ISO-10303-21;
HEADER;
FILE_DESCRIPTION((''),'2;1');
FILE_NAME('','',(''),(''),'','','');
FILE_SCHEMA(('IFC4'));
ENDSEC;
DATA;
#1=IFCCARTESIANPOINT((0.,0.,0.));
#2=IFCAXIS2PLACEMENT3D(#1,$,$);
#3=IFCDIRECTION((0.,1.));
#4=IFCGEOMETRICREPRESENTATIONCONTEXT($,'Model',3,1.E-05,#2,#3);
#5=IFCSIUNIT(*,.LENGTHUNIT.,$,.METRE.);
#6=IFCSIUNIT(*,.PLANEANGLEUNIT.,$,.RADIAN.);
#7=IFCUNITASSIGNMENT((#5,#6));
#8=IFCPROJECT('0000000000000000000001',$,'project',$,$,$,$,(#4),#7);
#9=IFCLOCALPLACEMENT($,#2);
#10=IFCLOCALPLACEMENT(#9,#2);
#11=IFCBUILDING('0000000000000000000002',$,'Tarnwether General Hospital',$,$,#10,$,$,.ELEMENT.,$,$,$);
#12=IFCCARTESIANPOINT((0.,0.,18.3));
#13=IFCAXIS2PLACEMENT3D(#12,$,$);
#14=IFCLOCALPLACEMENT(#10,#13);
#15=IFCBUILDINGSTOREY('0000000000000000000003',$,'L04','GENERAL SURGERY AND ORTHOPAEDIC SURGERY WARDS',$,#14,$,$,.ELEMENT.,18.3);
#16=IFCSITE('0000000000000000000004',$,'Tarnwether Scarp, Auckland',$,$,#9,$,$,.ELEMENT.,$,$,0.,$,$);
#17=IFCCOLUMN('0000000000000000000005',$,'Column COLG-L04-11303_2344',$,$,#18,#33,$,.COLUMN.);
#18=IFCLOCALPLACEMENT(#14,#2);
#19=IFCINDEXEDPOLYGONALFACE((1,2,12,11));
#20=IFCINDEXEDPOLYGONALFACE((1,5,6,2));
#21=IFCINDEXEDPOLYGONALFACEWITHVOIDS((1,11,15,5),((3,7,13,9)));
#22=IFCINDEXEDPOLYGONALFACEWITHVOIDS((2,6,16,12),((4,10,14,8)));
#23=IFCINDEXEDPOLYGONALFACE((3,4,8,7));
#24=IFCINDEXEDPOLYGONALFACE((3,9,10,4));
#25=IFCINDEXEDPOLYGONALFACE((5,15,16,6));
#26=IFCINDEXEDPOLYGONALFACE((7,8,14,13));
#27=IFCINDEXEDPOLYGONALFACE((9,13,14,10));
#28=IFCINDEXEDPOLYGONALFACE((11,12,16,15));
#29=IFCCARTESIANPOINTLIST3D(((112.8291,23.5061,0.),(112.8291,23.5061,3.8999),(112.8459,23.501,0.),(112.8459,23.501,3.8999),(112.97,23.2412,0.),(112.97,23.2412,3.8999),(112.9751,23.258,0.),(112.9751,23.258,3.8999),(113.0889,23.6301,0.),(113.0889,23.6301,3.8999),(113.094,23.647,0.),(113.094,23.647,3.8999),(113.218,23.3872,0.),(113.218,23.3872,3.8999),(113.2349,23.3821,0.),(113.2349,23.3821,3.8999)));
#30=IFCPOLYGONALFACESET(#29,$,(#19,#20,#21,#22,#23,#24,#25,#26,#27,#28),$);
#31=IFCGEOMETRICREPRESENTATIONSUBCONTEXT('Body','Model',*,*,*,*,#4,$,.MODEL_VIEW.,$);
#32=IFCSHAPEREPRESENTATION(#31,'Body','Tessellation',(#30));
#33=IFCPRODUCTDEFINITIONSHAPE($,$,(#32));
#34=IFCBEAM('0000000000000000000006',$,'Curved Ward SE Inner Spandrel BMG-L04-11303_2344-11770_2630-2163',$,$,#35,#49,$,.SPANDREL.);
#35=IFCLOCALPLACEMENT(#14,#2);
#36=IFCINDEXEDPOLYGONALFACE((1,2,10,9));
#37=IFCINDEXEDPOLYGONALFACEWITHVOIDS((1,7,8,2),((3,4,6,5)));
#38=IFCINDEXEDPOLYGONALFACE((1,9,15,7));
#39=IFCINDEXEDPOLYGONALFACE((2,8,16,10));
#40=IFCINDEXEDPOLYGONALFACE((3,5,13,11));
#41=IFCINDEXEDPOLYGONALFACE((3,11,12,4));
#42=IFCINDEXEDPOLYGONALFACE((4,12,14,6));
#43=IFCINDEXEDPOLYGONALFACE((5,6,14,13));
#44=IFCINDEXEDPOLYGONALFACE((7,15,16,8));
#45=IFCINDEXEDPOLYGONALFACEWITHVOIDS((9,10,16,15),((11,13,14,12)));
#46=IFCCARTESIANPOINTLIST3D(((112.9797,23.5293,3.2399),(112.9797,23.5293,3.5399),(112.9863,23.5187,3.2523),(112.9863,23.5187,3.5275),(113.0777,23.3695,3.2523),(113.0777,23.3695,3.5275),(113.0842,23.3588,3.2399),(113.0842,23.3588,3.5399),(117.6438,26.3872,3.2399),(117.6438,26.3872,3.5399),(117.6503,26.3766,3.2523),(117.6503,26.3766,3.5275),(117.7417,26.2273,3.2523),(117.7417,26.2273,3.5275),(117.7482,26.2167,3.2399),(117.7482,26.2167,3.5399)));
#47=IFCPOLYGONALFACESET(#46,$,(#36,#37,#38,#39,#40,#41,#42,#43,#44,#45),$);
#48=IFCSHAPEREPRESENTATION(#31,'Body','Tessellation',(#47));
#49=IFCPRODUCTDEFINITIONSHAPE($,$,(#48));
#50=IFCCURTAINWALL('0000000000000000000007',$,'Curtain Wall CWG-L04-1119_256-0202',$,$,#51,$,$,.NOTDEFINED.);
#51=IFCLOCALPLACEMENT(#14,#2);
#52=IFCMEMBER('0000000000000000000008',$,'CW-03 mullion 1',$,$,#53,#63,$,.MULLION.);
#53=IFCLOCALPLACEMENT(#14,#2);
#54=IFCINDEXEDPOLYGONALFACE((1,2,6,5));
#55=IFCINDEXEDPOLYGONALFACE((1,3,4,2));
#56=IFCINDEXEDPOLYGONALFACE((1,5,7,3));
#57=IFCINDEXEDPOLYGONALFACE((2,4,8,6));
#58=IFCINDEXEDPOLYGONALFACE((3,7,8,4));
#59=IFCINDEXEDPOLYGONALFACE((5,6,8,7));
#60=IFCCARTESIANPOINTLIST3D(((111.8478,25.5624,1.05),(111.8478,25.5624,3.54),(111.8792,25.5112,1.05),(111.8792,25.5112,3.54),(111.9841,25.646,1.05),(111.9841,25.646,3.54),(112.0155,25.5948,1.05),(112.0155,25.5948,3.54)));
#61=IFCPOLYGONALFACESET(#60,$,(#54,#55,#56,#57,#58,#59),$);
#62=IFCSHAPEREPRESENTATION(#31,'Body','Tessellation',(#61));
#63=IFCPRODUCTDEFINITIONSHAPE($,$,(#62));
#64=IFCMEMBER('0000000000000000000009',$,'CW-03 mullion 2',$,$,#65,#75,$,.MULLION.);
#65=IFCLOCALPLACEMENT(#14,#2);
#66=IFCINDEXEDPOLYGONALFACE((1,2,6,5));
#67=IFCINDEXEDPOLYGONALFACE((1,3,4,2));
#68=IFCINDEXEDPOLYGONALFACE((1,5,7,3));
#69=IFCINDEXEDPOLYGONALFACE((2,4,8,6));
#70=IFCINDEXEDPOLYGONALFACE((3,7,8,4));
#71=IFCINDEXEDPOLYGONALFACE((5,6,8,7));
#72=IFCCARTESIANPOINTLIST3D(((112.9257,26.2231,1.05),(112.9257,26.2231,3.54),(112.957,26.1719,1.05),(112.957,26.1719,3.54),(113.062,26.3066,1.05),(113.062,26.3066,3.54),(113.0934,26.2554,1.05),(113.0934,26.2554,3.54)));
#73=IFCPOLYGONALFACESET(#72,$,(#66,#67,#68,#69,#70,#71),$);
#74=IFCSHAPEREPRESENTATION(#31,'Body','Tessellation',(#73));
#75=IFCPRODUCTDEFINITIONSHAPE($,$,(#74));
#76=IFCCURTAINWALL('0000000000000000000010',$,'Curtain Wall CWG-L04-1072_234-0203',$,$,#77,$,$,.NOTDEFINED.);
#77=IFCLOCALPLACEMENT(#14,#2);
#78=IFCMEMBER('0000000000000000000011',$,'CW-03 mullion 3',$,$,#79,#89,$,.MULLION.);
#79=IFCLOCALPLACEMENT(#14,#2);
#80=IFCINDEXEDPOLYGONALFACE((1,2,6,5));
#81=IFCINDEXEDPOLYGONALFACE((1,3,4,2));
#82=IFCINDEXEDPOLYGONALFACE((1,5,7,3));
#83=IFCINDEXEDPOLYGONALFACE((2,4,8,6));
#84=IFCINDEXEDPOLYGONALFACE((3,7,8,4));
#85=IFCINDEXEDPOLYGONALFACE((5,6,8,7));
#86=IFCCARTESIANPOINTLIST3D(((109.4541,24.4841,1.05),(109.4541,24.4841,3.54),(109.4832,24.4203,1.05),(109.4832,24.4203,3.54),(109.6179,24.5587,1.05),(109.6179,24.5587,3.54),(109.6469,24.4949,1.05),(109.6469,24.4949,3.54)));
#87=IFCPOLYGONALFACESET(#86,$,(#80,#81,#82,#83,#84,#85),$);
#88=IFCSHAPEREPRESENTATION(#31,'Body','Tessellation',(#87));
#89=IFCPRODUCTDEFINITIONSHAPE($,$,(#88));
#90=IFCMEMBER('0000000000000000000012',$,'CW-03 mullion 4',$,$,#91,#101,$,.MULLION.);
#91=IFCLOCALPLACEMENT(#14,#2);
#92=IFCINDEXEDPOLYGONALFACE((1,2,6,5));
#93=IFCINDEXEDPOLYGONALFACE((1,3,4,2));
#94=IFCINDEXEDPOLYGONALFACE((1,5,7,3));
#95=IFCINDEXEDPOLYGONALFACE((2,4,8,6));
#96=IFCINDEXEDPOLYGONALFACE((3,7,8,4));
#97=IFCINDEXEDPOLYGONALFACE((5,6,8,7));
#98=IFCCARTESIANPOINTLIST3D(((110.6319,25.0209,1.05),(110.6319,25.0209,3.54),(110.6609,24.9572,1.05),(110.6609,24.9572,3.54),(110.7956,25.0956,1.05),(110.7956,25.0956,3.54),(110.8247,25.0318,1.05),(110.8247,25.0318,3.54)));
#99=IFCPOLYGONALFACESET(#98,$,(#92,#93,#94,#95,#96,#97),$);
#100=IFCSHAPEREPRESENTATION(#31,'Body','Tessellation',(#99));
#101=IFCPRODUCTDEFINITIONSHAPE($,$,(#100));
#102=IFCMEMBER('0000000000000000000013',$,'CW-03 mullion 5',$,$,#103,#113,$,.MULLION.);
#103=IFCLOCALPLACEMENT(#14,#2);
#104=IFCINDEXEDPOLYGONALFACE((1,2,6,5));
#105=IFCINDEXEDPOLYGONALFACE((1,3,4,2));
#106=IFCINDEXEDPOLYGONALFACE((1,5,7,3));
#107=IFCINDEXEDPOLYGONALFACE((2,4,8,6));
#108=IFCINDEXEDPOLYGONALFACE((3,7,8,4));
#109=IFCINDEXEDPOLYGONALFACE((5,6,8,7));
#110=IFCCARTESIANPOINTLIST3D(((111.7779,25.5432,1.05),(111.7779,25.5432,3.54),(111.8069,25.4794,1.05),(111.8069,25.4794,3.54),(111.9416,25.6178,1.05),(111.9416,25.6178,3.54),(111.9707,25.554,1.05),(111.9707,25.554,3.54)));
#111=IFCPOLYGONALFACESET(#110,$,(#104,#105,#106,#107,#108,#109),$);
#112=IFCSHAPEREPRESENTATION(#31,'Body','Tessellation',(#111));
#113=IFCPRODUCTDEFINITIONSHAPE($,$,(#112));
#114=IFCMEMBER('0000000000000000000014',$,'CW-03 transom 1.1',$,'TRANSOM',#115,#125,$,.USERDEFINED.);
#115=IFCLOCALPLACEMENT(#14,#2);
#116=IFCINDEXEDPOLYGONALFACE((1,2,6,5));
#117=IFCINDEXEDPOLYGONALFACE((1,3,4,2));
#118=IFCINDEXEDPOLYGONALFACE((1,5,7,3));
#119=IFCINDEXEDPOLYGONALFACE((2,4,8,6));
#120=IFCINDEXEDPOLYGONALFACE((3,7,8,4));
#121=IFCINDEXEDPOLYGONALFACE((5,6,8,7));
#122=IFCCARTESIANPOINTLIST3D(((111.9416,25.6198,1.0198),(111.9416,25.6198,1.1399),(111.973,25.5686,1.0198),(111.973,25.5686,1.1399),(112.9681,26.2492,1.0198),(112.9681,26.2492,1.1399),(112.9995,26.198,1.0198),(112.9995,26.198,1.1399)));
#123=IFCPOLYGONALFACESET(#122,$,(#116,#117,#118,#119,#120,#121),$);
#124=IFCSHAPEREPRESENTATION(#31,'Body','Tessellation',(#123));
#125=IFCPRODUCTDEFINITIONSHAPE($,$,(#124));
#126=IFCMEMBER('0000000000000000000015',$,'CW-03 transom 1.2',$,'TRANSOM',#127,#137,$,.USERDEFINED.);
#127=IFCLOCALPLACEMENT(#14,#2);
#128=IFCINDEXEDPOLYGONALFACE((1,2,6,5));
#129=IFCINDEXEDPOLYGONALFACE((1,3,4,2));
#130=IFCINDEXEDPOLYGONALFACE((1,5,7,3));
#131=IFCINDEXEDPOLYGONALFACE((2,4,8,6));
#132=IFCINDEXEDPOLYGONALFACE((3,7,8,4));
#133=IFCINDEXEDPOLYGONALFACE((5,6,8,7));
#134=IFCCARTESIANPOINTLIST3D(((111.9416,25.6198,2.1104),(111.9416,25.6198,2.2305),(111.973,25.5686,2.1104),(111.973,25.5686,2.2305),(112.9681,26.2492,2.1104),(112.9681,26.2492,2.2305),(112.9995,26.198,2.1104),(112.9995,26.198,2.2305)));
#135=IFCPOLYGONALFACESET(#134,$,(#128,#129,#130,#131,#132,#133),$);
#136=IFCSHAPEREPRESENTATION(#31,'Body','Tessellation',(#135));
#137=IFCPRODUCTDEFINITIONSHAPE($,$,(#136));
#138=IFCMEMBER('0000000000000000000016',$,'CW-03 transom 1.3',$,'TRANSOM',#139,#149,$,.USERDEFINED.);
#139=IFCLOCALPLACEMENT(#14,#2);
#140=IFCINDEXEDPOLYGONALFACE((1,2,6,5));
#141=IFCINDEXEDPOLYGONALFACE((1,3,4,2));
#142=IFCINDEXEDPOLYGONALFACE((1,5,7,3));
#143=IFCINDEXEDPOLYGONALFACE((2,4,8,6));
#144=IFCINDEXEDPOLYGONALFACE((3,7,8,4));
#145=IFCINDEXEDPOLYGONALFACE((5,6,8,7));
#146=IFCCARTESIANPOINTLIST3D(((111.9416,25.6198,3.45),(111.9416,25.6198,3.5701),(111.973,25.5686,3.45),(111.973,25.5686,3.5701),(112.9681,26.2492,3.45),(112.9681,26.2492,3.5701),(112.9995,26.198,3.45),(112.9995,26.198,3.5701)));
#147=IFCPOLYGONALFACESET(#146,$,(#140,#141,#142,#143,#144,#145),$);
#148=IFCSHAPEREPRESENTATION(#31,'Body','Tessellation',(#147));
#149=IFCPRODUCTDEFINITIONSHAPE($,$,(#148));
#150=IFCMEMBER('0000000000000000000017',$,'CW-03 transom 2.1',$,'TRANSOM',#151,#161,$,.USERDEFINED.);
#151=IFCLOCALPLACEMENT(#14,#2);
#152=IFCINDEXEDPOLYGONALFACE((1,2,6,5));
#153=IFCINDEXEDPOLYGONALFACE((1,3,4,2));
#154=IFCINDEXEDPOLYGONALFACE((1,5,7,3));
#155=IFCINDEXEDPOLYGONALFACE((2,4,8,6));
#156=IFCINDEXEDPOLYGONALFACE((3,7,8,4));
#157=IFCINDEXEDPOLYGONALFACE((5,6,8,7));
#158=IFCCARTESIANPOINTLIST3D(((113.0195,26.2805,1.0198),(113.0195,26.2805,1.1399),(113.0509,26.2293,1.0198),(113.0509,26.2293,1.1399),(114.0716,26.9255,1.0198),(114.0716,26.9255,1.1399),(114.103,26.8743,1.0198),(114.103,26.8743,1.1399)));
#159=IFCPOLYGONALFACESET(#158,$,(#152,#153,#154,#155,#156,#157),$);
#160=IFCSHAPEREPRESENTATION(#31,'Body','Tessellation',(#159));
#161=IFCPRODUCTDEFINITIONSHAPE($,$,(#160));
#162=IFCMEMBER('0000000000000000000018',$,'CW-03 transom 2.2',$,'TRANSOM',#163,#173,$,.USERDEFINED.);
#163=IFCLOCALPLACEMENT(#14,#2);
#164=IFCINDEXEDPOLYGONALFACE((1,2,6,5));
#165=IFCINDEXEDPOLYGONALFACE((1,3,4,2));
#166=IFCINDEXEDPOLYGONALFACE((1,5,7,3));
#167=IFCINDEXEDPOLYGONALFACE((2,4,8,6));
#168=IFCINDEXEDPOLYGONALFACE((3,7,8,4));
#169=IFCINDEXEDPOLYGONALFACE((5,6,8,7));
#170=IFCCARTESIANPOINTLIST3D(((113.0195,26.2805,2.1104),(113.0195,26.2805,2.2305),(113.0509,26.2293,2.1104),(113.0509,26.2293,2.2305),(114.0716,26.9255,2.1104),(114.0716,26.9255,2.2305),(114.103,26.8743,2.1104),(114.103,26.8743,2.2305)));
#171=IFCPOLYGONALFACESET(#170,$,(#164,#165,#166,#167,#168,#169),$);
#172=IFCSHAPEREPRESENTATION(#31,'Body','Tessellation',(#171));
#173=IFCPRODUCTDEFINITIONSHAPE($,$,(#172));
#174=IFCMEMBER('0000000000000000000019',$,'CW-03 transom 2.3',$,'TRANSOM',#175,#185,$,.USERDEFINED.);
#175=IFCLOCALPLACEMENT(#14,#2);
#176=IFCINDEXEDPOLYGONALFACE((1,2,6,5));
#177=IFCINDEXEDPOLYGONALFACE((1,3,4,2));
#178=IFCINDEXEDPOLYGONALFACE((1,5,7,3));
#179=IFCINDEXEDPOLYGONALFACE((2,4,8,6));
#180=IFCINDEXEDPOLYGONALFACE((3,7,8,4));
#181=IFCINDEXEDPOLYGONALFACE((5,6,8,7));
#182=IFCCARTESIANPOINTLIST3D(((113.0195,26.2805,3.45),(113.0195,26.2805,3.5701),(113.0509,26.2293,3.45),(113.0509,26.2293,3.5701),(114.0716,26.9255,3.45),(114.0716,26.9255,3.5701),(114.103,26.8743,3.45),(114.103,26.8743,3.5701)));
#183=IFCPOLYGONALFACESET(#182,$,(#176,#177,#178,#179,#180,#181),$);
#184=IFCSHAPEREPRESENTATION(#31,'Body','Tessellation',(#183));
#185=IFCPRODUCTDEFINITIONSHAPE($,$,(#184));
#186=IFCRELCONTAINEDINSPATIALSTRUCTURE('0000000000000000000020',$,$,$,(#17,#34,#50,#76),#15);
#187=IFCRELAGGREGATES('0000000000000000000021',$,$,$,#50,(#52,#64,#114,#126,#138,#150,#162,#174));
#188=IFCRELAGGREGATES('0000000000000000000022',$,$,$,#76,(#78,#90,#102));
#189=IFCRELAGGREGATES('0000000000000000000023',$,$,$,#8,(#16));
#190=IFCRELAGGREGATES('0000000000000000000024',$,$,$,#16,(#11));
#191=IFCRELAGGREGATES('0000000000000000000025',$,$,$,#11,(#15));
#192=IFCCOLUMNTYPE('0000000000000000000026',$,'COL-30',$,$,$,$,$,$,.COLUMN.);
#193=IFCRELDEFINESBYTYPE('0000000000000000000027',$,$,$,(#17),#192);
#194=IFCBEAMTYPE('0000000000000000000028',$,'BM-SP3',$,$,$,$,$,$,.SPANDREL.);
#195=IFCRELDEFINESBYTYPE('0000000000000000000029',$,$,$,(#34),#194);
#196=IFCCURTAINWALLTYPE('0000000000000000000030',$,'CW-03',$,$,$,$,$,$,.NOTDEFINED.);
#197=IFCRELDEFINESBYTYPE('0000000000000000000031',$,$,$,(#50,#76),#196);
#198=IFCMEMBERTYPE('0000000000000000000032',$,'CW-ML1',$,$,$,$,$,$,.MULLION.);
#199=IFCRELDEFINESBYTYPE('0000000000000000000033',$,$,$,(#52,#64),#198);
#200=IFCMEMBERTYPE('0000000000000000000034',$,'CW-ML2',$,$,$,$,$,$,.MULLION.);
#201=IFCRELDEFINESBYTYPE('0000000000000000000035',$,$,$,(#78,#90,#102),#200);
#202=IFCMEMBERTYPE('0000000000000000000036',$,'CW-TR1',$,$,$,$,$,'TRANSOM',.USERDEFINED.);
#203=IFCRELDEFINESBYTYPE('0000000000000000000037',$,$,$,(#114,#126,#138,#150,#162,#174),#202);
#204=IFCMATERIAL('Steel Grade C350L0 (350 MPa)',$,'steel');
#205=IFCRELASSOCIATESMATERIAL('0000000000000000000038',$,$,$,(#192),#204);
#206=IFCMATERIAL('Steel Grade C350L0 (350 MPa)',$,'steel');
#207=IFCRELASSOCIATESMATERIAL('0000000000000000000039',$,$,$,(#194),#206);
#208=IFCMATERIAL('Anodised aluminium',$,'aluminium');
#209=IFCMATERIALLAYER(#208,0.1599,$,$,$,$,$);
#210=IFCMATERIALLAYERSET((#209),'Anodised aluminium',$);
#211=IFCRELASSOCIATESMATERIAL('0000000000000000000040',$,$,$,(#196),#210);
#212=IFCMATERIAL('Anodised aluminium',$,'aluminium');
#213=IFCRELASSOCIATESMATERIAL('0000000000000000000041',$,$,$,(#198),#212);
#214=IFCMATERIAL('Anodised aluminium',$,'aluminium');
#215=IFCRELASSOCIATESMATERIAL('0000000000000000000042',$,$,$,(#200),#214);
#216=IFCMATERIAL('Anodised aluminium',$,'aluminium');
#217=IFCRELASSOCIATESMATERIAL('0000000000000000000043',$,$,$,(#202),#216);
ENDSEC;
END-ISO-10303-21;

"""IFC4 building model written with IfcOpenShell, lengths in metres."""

from ifc_helpers import new_model, si_unit, direction, frame, origin, origin_2d, place, context, subcontext, project, spatial, rectangle, hollow_rectangle, extrude, material, layer, layer_set, material_profile, profile_set, type_object, element, aggregate, save


model = new_model("IFC4")

# Units and contexts
model_context = context("Model", 3, precision=1e-05, world=origin(), true_north=direction((0.0, 1.0)))
body_context = subcontext(model_context, "Body", "Model", "MODEL_VIEW")
ifc_project = project(units=[si_unit("LENGTHUNIT", "METRE"), si_unit("PLANEANGLEUNIT", "RADIAN")], contexts=[model_context])

# Site, building, storey
site_placement = place(None, origin())
site = spatial("IfcSite", under=ifc_project, at=site_placement, Name="Tarnwether Scarp, Auckland", CompositionType="ELEMENT", RefElevation=0.0)
building_placement = place(site_placement, origin())
building = spatial("IfcBuilding", under=site, at=building_placement, Name="Tarnwether General Hospital", CompositionType="ELEMENT")
storey_placement = place(building_placement, frame((0.0, 0.0, 18.3)))
storey = spatial("IfcBuildingStorey", under=building, at=storey_placement, Name="L04", Description="GENERAL SURGERY AND ORTHOPAEDIC SURGERY WARDS", CompositionType="ELEMENT", Elevation=18.3)

# Column
ifc_material_1 = material(Name="Steel Grade C350L0 (350 MPa)", Category="steel")
ifc_material_profile_1 = material_profile(ifc_material_1, hollow_rectangle(XDim=0.3, YDim=0.3, WallThickness=0.0125, at=origin_2d()), Name="SHS300x300x12.5")
ifc_profile_set_1 = profile_set([ifc_material_profile_1], Name="Steel Grade C350L0 (350 MPa)")
column_type = type_object("IfcColumnType", Name="COL-30", PredefinedType="COLUMN", material=ifc_profile_set_1)
column_placement = place(storey_placement, frame((113.032, 23.4441, 0.0), z_axis=(0.0, 0.0, 1.0), x_axis=(-0.469472, 0.882948, 0.0)))
element("IfcColumn", 1, at=column_placement, inside=storey, type_object=column_type, Name="Column COLG-L04-11303_2344", PredefinedType="COLUMN", context=body_context, shape_type="SweptSolid", body=[
    extrude(hollow_rectangle(XDim=0.3, YDim=0.3, WallThickness=0.0125, at=origin_2d()), origin(), (0.0, 0.0, 1.0), 3.8999),
])

# Beam
ifc_material_2 = material(Name="Steel Grade C350L0 (350 MPa)", Category="steel")
ifc_material_profile_2 = material_profile(ifc_material_2, hollow_rectangle(XDim=0.2, YDim=0.3, WallThickness=0.0125, at=origin_2d()), Name="RHS300x200x12.5")
ifc_profile_set_2 = profile_set([ifc_material_profile_2], Name="Steel Grade C350L0 (350 MPa)")
beam_type = type_object("IfcBeamType", Name="BM-SP3", PredefinedType="SPANDREL", material=ifc_profile_set_2)
beam_placement = place(storey_placement, frame((113.032, 23.4441, 3.3899), z_axis=(0.852659, 0.522468, 0.0), x_axis=(-0.522468, 0.852659, 0.0)))
element("IfcBeam", 2, at=beam_placement, inside=storey, type_object=beam_type, Name="Curved Ward SE Inner Spandrel BMG-L04-11303_2344-11770_2630-2163", PredefinedType="SPANDREL", context=body_context, shape_type="SweptSolid", body=[
    extrude(hollow_rectangle(XDim=0.2, YDim=0.3, WallThickness=0.0125, at=origin_2d()), origin(), (0.0, 0.0, 1.0), 5.47),
])

# Curtain walls, members
ifc_material_3 = material(Name="Anodised aluminium", Category="aluminium")
ifc_layer_1 = layer(ifc_material_3, 0.1599)
ifc_layer_set_1 = layer_set([ifc_layer_1], Name="Anodised aluminium")
curtain_wall_type = type_object("IfcCurtainWallType", Name="CW-03", PredefinedType="NOTDEFINED", material=ifc_layer_set_1)
curtain_wall_1_placement = place(storey_placement, origin())
curtain_wall_1 = element("IfcCurtainWall", 3, at=curtain_wall_1_placement, inside=storey, type_object=curtain_wall_type, Name="Curtain Wall CWG-L04-1119_256-0202", PredefinedType="NOTDEFINED")
ifc_material_4 = material(Name="Anodised aluminium", Category="aluminium")
ifc_material_profile_3 = material_profile(ifc_material_4, rectangle(XDim=0.0601, YDim=0.1599, at=origin_2d()), Name="ALU-MUL-60x160")
ifc_profile_set_3 = profile_set([ifc_material_profile_3], Name="Anodised aluminium")
member_type_1 = type_object("IfcMemberType", Name="CW-ML1", PredefinedType="MULLION", material=ifc_profile_set_3)
member_1_placement = place(storey_placement, frame((111.9316, 25.5786, 1.05), z_axis=(0.0, 0.0, 1.0), x_axis=(-0.522512, 0.852632, 0.0)))
member_1 = element("IfcMember", 4, at=member_1_placement, type_object=member_type_1, Name="CW-03 mullion 1", PredefinedType="MULLION", context=body_context, shape_type="SweptSolid", body=[
    extrude(rectangle(XDim=0.0601, YDim=0.1599, at=origin_2d()), origin(), (0.0, 0.0, 1.0), 2.49),
])
member_2_placement = place(storey_placement, frame((113.0095, 26.2393, 1.05), z_axis=(0.0, 0.0, 1.0), x_axis=(-0.522512, 0.852632, 0.0)))
member_2 = element("IfcMember", 5, at=member_2_placement, type_object=member_type_1, Name="CW-03 mullion 2", PredefinedType="MULLION", context=body_context, shape_type="SweptSolid", body=[
    extrude(rectangle(XDim=0.0601, YDim=0.1599, at=origin_2d()), origin(), (0.0, 0.0, 1.0), 2.49),
])
curtain_wall_2_placement = place(storey_placement, origin())
curtain_wall_2 = element("IfcCurtainWall", 6, at=curtain_wall_2_placement, inside=storey, type_object=curtain_wall_type, Name="Curtain Wall CWG-L04-1072_234-0203", PredefinedType="NOTDEFINED")
ifc_material_5 = material(Name="Anodised aluminium", Category="aluminium")
ifc_material_profile_4 = material_profile(ifc_material_5, rectangle(XDim=0.0701, YDim=0.1799, at=origin_2d()), Name="ALU-MUL-70x180")
ifc_profile_set_4 = profile_set([ifc_material_profile_4], Name="Anodised aluminium")
member_type_2 = type_object("IfcMemberType", Name="CW-ML2", PredefinedType="MULLION", material=ifc_profile_set_4)
member_3_placement = place(storey_placement, frame((109.5505, 24.4895, 1.05), z_axis=(0.0, 0.0, 1.0), x_axis=(-0.414705, 0.909956, 0.0)))
member_3 = element("IfcMember", 7, at=member_3_placement, type_object=member_type_2, Name="CW-03 mullion 3", PredefinedType="MULLION", context=body_context, shape_type="SweptSolid", body=[
    extrude(rectangle(XDim=0.0701, YDim=0.1799, at=origin_2d()), origin(), (0.0, 0.0, 1.0), 2.49),
])
member_4_placement = place(storey_placement, frame((110.7283, 25.0264, 1.05), z_axis=(0.0, 0.0, 1.0), x_axis=(-0.414705, 0.909956, 0.0)))
member_4 = element("IfcMember", 8, at=member_4_placement, type_object=member_type_2, Name="CW-03 mullion 4", PredefinedType="MULLION", context=body_context, shape_type="SweptSolid", body=[
    extrude(rectangle(XDim=0.0701, YDim=0.1799, at=origin_2d()), origin(), (0.0, 0.0, 1.0), 2.49),
])
member_5_placement = place(storey_placement, frame((111.8743, 25.5486, 1.05), z_axis=(0.0, 0.0, 1.0), x_axis=(-0.414705, 0.909956, 0.0)))
member_5 = element("IfcMember", 9, at=member_5_placement, type_object=member_type_2, Name="CW-03 mullion 5", PredefinedType="MULLION", context=body_context, shape_type="SweptSolid", body=[
    extrude(rectangle(XDim=0.0701, YDim=0.1799, at=origin_2d()), origin(), (0.0, 0.0, 1.0), 2.49),
])

# Members
ifc_material_6 = material(Name="Anodised aluminium", Category="aluminium")
ifc_material_profile_5 = material_profile(ifc_material_6, rectangle(XDim=0.0601, YDim=0.1201, at=origin_2d()), Name="ALU-TRN-60x120")
ifc_profile_set_5 = profile_set([ifc_material_profile_5], Name="Anodised aluminium")
member_type_3 = type_object("IfcMemberType", Name="CW-TR1", ElementType="TRANSOM", PredefinedType="USERDEFINED", material=ifc_profile_set_5)
member_6_placement = place(storey_placement, frame((111.9573, 25.5942, 1.0798), z_axis=(0.852534, 0.522671, 0.0), x_axis=(-0.522671, 0.852534, 0.0)))
member_6 = element("IfcMember", 10, at=member_6_placement, type_object=member_type_3, Name="CW-03 transom 1.1", ObjectType="TRANSOM", PredefinedType="USERDEFINED", context=body_context, shape_type="SweptSolid", body=[
    extrude(rectangle(XDim=0.0601, YDim=0.1201, at=origin_2d()), origin(), (0.0, 0.0, 1.0), 1.2041),
])
member_7_placement = place(storey_placement, frame((111.9573, 25.5942, 2.1704), z_axis=(0.852534, 0.522671, 0.0), x_axis=(-0.522671, 0.852534, 0.0)))
member_7 = element("IfcMember", 11, at=member_7_placement, type_object=member_type_3, Name="CW-03 transom 1.2", ObjectType="TRANSOM", PredefinedType="USERDEFINED", context=body_context, shape_type="SweptSolid", body=[
    extrude(rectangle(XDim=0.0601, YDim=0.1201, at=origin_2d()), origin(), (0.0, 0.0, 1.0), 1.2041),
])
member_8_placement = place(storey_placement, frame((111.9573, 25.5942, 3.51), z_axis=(0.852534, 0.522671, 0.0), x_axis=(-0.522671, 0.852534, 0.0)))
member_8 = element("IfcMember", 12, at=member_8_placement, type_object=member_type_3, Name="CW-03 transom 1.3", ObjectType="TRANSOM", PredefinedType="USERDEFINED", context=body_context, shape_type="SweptSolid", body=[
    extrude(rectangle(XDim=0.0601, YDim=0.1201, at=origin_2d()), origin(), (0.0, 0.0, 1.0), 1.2041),
])
member_9_placement = place(storey_placement, frame((113.0352, 26.2549, 1.0798), z_axis=(0.852567, 0.522618, 0.0), x_axis=(-0.522618, 0.852567, 0.0)))
member_9 = element("IfcMember", 13, at=member_9_placement, type_object=member_type_3, Name="CW-03 transom 2.1", ObjectType="TRANSOM", PredefinedType="USERDEFINED", context=body_context, shape_type="SweptSolid", body=[
    extrude(rectangle(XDim=0.0601, YDim=0.1201, at=origin_2d()), origin(), (0.0, 0.0, 1.0), 1.2341),
])
member_10_placement = place(storey_placement, frame((113.0352, 26.2549, 2.1704), z_axis=(0.852567, 0.522618, 0.0), x_axis=(-0.522618, 0.852567, 0.0)))
member_10 = element("IfcMember", 14, at=member_10_placement, type_object=member_type_3, Name="CW-03 transom 2.2", ObjectType="TRANSOM", PredefinedType="USERDEFINED", context=body_context, shape_type="SweptSolid", body=[
    extrude(rectangle(XDim=0.0601, YDim=0.1201, at=origin_2d()), origin(), (0.0, 0.0, 1.0), 1.2341),
])
member_11_placement = place(storey_placement, frame((113.0352, 26.2549, 3.51), z_axis=(0.852567, 0.522618, 0.0), x_axis=(-0.522618, 0.852567, 0.0)))
member_11 = element("IfcMember", 15, at=member_11_placement, type_object=member_type_3, Name="CW-03 transom 2.3", ObjectType="TRANSOM", PredefinedType="USERDEFINED", context=body_context, shape_type="SweptSolid", body=[
    extrude(rectangle(XDim=0.0601, YDim=0.1201, at=origin_2d()), origin(), (0.0, 0.0, 1.0), 1.2341),
])

aggregate(curtain_wall_1, [member_1, member_2, member_6, member_7, member_8, member_9, member_10, member_11])
aggregate(curtain_wall_2, [member_3, member_4, member_5])

save(model, "model.ifc")
